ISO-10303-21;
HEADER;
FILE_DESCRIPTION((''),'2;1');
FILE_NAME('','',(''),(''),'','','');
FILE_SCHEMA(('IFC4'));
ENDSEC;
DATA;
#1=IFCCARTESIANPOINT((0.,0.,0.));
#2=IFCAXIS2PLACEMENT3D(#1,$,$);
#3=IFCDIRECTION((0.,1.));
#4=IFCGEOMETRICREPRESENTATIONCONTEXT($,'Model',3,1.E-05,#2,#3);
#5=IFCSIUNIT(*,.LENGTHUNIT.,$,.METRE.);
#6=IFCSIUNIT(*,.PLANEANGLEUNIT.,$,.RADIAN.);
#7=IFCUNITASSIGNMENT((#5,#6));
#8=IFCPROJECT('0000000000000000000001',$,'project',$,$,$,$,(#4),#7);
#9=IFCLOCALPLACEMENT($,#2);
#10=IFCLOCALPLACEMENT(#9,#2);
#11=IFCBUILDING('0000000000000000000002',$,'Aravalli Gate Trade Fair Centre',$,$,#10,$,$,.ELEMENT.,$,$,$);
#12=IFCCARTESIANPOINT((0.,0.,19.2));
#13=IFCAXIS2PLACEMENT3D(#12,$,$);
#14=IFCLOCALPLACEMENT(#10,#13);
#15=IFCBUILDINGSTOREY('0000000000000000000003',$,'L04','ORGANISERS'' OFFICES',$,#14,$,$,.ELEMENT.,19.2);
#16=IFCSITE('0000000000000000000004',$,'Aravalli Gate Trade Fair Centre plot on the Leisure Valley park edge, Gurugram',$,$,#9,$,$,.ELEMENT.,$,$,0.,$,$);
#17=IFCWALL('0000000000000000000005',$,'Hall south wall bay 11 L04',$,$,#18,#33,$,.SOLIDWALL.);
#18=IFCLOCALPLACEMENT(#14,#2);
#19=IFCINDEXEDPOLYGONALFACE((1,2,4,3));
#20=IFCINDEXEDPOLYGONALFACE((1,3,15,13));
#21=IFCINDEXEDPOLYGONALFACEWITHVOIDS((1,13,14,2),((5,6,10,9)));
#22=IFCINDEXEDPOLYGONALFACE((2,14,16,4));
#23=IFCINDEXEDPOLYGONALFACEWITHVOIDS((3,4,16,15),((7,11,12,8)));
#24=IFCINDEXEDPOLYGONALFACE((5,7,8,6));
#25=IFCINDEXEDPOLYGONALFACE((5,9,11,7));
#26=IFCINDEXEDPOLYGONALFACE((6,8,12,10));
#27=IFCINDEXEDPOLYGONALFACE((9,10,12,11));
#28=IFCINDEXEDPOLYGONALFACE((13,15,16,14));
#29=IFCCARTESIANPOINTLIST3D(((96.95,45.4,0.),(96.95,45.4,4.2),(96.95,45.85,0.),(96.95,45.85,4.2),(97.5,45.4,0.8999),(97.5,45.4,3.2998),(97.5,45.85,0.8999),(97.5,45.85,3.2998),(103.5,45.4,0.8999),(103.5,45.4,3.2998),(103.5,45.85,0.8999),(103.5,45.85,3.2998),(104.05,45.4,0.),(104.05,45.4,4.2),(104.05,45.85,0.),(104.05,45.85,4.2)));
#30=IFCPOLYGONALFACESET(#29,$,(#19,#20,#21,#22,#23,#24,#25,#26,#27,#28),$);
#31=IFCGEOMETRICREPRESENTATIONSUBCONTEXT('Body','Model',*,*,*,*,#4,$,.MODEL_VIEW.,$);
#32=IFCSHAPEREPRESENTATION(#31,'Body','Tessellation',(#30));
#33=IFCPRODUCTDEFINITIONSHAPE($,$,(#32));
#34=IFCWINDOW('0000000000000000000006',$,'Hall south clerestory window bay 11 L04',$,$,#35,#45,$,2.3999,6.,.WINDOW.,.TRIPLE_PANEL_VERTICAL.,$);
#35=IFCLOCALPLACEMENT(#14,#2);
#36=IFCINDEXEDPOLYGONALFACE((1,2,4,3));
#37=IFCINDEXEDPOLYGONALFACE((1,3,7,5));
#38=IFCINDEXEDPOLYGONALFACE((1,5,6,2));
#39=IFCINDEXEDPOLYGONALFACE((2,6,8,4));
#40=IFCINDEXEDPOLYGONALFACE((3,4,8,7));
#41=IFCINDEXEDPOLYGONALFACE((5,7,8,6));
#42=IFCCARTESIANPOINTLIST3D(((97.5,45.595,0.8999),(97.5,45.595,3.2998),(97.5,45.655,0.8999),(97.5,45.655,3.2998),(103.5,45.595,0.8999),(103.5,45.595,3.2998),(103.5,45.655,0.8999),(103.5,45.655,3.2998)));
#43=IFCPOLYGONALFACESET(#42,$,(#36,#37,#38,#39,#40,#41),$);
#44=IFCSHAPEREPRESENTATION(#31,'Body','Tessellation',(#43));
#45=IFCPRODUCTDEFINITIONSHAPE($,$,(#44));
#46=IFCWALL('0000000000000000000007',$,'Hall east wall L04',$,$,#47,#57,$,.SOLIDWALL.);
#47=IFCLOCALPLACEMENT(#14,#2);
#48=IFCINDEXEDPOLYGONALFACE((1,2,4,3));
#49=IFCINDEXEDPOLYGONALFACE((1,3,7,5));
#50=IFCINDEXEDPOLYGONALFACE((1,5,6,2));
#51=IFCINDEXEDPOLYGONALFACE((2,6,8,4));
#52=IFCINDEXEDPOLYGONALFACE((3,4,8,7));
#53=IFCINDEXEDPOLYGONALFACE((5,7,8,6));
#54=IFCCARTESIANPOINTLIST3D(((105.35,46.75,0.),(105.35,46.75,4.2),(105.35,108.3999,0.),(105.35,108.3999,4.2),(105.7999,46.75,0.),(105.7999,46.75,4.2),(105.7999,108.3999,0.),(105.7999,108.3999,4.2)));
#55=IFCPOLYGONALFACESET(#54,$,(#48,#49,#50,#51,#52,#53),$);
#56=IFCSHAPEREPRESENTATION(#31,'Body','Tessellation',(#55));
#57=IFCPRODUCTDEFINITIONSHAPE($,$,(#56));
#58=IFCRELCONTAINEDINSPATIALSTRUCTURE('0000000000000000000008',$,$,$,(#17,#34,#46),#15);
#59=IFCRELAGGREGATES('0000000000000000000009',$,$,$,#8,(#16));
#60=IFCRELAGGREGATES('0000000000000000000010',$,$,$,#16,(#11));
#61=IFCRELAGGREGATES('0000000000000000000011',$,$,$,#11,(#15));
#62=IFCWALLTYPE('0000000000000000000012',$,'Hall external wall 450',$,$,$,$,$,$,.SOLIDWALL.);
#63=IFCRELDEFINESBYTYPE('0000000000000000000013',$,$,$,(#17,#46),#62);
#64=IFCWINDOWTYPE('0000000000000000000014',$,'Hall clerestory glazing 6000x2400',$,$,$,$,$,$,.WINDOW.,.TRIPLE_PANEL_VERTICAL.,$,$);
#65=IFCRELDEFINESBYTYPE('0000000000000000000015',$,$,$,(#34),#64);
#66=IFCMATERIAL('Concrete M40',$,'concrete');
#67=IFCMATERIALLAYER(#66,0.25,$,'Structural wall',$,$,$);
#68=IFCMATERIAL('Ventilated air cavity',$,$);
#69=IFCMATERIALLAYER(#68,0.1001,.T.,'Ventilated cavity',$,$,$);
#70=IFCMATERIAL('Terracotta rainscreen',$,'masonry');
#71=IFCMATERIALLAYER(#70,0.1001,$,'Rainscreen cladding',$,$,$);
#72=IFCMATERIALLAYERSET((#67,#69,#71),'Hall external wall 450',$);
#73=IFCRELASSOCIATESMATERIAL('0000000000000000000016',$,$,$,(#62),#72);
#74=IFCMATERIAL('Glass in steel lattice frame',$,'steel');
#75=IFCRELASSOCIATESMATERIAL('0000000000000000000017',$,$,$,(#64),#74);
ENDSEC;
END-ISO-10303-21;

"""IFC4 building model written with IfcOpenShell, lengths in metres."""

from ifc_helpers import new_model, si_unit, direction, frame, frame_2d, origin, place, context, subcontext, project, spatial, rectangle, extrude, material, layer, layer_set, type_object, element, fill, save


model = new_model("IFC4")

# Units and contexts
model_context = context("Model", 3, precision=1e-05, world=origin(), true_north=direction((0.0, 1.0)))
body_context = subcontext(model_context, "Body", "Model", "MODEL_VIEW")
ifc_project = project(units=[si_unit("LENGTHUNIT", "METRE"), si_unit("PLANEANGLEUNIT", "RADIAN")], contexts=[model_context])

# Site, building, storey
site_placement = place(None, origin())
site = spatial("IfcSite", under=ifc_project, at=site_placement, Name="Aravalli Gate Trade Fair Centre plot on the Leisure Valley park edge, Gurugram", CompositionType="ELEMENT", RefElevation=0.0)
building_placement = place(site_placement, origin())
building = spatial("IfcBuilding", under=site, at=building_placement, Name="Aravalli Gate Trade Fair Centre", CompositionType="ELEMENT")
storey_placement = place(building_placement, frame((0.0, 0.0, 19.2)))
storey = spatial("IfcBuildingStorey", under=building, at=storey_placement, Name="L04", Description="ORGANISERS' OFFICES", CompositionType="ELEMENT", Elevation=19.2)

# Shared definitions
ifc_material_1 = material(Name="Concrete M40", Category="concrete")

# Shared definitions
ifc_material_2 = material(Name="Ventilated air cavity")
ifc_material_3 = material(Name="Terracotta rainscreen", Category="masonry")

# Wall, opening, window
ifc_layer_1 = layer(ifc_material_1, 0.25, Name="Structural wall")
ifc_layer_2 = layer(ifc_material_2, 0.1001, ventilated=True, Name="Ventilated cavity")
ifc_layer_3 = layer(ifc_material_3, 0.1001, Name="Rainscreen cladding")
ifc_layer_set_1 = layer_set([ifc_layer_1, ifc_layer_2, ifc_layer_3], Name="Hall external wall 450")
wall_type_1 = type_object("IfcWallType", Name="Hall external wall 450", PredefinedType="SOLIDWALL", material=ifc_layer_set_1)
ifc_material_4 = material(Name="Glass in steel lattice frame", Category="steel")
window_type_1 = type_object("IfcWindowType", Name="Hall clerestory glazing 6000x2400", PartitioningType="TRIPLE_PANEL_VERTICAL", PredefinedType="WINDOW", material=ifc_material_4)
wall_1_placement = place(storey_placement, frame((96.95, 45.625, 0.0), z_axis=(0.0, 0.0, 1.0), x_axis=(1.0, 0.0, 0.0)))
wall_1 = element("IfcWall", 1, at=wall_1_placement, inside=storey, type_object=wall_type_1, Name="Hall south wall bay 11 L04", PredefinedType="SOLIDWALL", context=body_context, shape_type="SweptSolid", body=[
    extrude(rectangle(XDim=7.1001, YDim=0.45, at=frame_2d((3.55, 0.0))), origin(), (0.0, 0.0, 1.0), 4.2),
])
opening_1_placement = place(wall_1_placement, frame((0.55, 0.0, 0.8999)))
opening_1 = element("IfcOpeningElement", 2, at=opening_1_placement, cuts=wall_1, PredefinedType="OPENING", context=body_context, shape_type="SweptSolid", body=[
    extrude(rectangle(XDim=6.0, YDim=2.3999, at=frame_2d((3.0, 1.2))), frame((0.0, 0.2349, 0.0), z_axis=(0.0, -1.0, 0.0), x_axis=(1.0, 0.0, 0.0)), (0.0, 0.0, 1.0), 0.47),
])
window_1_placement = place(opening_1_placement, origin())
window_1 = element("IfcWindow", 3, at=window_1_placement, inside=storey, type_object=window_type_1, Name="Hall south clerestory window bay 11 L04", OverallHeight=2.3999, OverallWidth=6.0, PartitioningType="TRIPLE_PANEL_VERTICAL", PredefinedType="WINDOW", context=body_context, shape_type="SweptSolid", body=[
    extrude(rectangle(XDim=6.0, YDim=2.3999, at=frame_2d((3.0, 1.2))), frame((0.0, 0.03, 0.0), z_axis=(0.0, -1.0, 0.0), x_axis=(1.0, 0.0, 0.0)), (0.0, 0.0, 1.0), 0.0601),
])
fill(opening_1, window_1)

# Wall
wall_2_placement = place(storey_placement, frame((105.575, 46.75, 0.0), z_axis=(0.0, 0.0, 1.0), x_axis=(0.0, 1.0, 0.0)))
element("IfcWall", 4, at=wall_2_placement, inside=storey, type_object=wall_type_1, Name="Hall east wall L04", PredefinedType="SOLIDWALL", context=body_context, shape_type="SweptSolid", body=[
    extrude(rectangle(XDim=61.6499, YDim=0.45, at=frame_2d((30.825, 0.0))), origin(), (0.0, 0.0, 1.0), 4.2),
])

save(model, "model.ifc")
